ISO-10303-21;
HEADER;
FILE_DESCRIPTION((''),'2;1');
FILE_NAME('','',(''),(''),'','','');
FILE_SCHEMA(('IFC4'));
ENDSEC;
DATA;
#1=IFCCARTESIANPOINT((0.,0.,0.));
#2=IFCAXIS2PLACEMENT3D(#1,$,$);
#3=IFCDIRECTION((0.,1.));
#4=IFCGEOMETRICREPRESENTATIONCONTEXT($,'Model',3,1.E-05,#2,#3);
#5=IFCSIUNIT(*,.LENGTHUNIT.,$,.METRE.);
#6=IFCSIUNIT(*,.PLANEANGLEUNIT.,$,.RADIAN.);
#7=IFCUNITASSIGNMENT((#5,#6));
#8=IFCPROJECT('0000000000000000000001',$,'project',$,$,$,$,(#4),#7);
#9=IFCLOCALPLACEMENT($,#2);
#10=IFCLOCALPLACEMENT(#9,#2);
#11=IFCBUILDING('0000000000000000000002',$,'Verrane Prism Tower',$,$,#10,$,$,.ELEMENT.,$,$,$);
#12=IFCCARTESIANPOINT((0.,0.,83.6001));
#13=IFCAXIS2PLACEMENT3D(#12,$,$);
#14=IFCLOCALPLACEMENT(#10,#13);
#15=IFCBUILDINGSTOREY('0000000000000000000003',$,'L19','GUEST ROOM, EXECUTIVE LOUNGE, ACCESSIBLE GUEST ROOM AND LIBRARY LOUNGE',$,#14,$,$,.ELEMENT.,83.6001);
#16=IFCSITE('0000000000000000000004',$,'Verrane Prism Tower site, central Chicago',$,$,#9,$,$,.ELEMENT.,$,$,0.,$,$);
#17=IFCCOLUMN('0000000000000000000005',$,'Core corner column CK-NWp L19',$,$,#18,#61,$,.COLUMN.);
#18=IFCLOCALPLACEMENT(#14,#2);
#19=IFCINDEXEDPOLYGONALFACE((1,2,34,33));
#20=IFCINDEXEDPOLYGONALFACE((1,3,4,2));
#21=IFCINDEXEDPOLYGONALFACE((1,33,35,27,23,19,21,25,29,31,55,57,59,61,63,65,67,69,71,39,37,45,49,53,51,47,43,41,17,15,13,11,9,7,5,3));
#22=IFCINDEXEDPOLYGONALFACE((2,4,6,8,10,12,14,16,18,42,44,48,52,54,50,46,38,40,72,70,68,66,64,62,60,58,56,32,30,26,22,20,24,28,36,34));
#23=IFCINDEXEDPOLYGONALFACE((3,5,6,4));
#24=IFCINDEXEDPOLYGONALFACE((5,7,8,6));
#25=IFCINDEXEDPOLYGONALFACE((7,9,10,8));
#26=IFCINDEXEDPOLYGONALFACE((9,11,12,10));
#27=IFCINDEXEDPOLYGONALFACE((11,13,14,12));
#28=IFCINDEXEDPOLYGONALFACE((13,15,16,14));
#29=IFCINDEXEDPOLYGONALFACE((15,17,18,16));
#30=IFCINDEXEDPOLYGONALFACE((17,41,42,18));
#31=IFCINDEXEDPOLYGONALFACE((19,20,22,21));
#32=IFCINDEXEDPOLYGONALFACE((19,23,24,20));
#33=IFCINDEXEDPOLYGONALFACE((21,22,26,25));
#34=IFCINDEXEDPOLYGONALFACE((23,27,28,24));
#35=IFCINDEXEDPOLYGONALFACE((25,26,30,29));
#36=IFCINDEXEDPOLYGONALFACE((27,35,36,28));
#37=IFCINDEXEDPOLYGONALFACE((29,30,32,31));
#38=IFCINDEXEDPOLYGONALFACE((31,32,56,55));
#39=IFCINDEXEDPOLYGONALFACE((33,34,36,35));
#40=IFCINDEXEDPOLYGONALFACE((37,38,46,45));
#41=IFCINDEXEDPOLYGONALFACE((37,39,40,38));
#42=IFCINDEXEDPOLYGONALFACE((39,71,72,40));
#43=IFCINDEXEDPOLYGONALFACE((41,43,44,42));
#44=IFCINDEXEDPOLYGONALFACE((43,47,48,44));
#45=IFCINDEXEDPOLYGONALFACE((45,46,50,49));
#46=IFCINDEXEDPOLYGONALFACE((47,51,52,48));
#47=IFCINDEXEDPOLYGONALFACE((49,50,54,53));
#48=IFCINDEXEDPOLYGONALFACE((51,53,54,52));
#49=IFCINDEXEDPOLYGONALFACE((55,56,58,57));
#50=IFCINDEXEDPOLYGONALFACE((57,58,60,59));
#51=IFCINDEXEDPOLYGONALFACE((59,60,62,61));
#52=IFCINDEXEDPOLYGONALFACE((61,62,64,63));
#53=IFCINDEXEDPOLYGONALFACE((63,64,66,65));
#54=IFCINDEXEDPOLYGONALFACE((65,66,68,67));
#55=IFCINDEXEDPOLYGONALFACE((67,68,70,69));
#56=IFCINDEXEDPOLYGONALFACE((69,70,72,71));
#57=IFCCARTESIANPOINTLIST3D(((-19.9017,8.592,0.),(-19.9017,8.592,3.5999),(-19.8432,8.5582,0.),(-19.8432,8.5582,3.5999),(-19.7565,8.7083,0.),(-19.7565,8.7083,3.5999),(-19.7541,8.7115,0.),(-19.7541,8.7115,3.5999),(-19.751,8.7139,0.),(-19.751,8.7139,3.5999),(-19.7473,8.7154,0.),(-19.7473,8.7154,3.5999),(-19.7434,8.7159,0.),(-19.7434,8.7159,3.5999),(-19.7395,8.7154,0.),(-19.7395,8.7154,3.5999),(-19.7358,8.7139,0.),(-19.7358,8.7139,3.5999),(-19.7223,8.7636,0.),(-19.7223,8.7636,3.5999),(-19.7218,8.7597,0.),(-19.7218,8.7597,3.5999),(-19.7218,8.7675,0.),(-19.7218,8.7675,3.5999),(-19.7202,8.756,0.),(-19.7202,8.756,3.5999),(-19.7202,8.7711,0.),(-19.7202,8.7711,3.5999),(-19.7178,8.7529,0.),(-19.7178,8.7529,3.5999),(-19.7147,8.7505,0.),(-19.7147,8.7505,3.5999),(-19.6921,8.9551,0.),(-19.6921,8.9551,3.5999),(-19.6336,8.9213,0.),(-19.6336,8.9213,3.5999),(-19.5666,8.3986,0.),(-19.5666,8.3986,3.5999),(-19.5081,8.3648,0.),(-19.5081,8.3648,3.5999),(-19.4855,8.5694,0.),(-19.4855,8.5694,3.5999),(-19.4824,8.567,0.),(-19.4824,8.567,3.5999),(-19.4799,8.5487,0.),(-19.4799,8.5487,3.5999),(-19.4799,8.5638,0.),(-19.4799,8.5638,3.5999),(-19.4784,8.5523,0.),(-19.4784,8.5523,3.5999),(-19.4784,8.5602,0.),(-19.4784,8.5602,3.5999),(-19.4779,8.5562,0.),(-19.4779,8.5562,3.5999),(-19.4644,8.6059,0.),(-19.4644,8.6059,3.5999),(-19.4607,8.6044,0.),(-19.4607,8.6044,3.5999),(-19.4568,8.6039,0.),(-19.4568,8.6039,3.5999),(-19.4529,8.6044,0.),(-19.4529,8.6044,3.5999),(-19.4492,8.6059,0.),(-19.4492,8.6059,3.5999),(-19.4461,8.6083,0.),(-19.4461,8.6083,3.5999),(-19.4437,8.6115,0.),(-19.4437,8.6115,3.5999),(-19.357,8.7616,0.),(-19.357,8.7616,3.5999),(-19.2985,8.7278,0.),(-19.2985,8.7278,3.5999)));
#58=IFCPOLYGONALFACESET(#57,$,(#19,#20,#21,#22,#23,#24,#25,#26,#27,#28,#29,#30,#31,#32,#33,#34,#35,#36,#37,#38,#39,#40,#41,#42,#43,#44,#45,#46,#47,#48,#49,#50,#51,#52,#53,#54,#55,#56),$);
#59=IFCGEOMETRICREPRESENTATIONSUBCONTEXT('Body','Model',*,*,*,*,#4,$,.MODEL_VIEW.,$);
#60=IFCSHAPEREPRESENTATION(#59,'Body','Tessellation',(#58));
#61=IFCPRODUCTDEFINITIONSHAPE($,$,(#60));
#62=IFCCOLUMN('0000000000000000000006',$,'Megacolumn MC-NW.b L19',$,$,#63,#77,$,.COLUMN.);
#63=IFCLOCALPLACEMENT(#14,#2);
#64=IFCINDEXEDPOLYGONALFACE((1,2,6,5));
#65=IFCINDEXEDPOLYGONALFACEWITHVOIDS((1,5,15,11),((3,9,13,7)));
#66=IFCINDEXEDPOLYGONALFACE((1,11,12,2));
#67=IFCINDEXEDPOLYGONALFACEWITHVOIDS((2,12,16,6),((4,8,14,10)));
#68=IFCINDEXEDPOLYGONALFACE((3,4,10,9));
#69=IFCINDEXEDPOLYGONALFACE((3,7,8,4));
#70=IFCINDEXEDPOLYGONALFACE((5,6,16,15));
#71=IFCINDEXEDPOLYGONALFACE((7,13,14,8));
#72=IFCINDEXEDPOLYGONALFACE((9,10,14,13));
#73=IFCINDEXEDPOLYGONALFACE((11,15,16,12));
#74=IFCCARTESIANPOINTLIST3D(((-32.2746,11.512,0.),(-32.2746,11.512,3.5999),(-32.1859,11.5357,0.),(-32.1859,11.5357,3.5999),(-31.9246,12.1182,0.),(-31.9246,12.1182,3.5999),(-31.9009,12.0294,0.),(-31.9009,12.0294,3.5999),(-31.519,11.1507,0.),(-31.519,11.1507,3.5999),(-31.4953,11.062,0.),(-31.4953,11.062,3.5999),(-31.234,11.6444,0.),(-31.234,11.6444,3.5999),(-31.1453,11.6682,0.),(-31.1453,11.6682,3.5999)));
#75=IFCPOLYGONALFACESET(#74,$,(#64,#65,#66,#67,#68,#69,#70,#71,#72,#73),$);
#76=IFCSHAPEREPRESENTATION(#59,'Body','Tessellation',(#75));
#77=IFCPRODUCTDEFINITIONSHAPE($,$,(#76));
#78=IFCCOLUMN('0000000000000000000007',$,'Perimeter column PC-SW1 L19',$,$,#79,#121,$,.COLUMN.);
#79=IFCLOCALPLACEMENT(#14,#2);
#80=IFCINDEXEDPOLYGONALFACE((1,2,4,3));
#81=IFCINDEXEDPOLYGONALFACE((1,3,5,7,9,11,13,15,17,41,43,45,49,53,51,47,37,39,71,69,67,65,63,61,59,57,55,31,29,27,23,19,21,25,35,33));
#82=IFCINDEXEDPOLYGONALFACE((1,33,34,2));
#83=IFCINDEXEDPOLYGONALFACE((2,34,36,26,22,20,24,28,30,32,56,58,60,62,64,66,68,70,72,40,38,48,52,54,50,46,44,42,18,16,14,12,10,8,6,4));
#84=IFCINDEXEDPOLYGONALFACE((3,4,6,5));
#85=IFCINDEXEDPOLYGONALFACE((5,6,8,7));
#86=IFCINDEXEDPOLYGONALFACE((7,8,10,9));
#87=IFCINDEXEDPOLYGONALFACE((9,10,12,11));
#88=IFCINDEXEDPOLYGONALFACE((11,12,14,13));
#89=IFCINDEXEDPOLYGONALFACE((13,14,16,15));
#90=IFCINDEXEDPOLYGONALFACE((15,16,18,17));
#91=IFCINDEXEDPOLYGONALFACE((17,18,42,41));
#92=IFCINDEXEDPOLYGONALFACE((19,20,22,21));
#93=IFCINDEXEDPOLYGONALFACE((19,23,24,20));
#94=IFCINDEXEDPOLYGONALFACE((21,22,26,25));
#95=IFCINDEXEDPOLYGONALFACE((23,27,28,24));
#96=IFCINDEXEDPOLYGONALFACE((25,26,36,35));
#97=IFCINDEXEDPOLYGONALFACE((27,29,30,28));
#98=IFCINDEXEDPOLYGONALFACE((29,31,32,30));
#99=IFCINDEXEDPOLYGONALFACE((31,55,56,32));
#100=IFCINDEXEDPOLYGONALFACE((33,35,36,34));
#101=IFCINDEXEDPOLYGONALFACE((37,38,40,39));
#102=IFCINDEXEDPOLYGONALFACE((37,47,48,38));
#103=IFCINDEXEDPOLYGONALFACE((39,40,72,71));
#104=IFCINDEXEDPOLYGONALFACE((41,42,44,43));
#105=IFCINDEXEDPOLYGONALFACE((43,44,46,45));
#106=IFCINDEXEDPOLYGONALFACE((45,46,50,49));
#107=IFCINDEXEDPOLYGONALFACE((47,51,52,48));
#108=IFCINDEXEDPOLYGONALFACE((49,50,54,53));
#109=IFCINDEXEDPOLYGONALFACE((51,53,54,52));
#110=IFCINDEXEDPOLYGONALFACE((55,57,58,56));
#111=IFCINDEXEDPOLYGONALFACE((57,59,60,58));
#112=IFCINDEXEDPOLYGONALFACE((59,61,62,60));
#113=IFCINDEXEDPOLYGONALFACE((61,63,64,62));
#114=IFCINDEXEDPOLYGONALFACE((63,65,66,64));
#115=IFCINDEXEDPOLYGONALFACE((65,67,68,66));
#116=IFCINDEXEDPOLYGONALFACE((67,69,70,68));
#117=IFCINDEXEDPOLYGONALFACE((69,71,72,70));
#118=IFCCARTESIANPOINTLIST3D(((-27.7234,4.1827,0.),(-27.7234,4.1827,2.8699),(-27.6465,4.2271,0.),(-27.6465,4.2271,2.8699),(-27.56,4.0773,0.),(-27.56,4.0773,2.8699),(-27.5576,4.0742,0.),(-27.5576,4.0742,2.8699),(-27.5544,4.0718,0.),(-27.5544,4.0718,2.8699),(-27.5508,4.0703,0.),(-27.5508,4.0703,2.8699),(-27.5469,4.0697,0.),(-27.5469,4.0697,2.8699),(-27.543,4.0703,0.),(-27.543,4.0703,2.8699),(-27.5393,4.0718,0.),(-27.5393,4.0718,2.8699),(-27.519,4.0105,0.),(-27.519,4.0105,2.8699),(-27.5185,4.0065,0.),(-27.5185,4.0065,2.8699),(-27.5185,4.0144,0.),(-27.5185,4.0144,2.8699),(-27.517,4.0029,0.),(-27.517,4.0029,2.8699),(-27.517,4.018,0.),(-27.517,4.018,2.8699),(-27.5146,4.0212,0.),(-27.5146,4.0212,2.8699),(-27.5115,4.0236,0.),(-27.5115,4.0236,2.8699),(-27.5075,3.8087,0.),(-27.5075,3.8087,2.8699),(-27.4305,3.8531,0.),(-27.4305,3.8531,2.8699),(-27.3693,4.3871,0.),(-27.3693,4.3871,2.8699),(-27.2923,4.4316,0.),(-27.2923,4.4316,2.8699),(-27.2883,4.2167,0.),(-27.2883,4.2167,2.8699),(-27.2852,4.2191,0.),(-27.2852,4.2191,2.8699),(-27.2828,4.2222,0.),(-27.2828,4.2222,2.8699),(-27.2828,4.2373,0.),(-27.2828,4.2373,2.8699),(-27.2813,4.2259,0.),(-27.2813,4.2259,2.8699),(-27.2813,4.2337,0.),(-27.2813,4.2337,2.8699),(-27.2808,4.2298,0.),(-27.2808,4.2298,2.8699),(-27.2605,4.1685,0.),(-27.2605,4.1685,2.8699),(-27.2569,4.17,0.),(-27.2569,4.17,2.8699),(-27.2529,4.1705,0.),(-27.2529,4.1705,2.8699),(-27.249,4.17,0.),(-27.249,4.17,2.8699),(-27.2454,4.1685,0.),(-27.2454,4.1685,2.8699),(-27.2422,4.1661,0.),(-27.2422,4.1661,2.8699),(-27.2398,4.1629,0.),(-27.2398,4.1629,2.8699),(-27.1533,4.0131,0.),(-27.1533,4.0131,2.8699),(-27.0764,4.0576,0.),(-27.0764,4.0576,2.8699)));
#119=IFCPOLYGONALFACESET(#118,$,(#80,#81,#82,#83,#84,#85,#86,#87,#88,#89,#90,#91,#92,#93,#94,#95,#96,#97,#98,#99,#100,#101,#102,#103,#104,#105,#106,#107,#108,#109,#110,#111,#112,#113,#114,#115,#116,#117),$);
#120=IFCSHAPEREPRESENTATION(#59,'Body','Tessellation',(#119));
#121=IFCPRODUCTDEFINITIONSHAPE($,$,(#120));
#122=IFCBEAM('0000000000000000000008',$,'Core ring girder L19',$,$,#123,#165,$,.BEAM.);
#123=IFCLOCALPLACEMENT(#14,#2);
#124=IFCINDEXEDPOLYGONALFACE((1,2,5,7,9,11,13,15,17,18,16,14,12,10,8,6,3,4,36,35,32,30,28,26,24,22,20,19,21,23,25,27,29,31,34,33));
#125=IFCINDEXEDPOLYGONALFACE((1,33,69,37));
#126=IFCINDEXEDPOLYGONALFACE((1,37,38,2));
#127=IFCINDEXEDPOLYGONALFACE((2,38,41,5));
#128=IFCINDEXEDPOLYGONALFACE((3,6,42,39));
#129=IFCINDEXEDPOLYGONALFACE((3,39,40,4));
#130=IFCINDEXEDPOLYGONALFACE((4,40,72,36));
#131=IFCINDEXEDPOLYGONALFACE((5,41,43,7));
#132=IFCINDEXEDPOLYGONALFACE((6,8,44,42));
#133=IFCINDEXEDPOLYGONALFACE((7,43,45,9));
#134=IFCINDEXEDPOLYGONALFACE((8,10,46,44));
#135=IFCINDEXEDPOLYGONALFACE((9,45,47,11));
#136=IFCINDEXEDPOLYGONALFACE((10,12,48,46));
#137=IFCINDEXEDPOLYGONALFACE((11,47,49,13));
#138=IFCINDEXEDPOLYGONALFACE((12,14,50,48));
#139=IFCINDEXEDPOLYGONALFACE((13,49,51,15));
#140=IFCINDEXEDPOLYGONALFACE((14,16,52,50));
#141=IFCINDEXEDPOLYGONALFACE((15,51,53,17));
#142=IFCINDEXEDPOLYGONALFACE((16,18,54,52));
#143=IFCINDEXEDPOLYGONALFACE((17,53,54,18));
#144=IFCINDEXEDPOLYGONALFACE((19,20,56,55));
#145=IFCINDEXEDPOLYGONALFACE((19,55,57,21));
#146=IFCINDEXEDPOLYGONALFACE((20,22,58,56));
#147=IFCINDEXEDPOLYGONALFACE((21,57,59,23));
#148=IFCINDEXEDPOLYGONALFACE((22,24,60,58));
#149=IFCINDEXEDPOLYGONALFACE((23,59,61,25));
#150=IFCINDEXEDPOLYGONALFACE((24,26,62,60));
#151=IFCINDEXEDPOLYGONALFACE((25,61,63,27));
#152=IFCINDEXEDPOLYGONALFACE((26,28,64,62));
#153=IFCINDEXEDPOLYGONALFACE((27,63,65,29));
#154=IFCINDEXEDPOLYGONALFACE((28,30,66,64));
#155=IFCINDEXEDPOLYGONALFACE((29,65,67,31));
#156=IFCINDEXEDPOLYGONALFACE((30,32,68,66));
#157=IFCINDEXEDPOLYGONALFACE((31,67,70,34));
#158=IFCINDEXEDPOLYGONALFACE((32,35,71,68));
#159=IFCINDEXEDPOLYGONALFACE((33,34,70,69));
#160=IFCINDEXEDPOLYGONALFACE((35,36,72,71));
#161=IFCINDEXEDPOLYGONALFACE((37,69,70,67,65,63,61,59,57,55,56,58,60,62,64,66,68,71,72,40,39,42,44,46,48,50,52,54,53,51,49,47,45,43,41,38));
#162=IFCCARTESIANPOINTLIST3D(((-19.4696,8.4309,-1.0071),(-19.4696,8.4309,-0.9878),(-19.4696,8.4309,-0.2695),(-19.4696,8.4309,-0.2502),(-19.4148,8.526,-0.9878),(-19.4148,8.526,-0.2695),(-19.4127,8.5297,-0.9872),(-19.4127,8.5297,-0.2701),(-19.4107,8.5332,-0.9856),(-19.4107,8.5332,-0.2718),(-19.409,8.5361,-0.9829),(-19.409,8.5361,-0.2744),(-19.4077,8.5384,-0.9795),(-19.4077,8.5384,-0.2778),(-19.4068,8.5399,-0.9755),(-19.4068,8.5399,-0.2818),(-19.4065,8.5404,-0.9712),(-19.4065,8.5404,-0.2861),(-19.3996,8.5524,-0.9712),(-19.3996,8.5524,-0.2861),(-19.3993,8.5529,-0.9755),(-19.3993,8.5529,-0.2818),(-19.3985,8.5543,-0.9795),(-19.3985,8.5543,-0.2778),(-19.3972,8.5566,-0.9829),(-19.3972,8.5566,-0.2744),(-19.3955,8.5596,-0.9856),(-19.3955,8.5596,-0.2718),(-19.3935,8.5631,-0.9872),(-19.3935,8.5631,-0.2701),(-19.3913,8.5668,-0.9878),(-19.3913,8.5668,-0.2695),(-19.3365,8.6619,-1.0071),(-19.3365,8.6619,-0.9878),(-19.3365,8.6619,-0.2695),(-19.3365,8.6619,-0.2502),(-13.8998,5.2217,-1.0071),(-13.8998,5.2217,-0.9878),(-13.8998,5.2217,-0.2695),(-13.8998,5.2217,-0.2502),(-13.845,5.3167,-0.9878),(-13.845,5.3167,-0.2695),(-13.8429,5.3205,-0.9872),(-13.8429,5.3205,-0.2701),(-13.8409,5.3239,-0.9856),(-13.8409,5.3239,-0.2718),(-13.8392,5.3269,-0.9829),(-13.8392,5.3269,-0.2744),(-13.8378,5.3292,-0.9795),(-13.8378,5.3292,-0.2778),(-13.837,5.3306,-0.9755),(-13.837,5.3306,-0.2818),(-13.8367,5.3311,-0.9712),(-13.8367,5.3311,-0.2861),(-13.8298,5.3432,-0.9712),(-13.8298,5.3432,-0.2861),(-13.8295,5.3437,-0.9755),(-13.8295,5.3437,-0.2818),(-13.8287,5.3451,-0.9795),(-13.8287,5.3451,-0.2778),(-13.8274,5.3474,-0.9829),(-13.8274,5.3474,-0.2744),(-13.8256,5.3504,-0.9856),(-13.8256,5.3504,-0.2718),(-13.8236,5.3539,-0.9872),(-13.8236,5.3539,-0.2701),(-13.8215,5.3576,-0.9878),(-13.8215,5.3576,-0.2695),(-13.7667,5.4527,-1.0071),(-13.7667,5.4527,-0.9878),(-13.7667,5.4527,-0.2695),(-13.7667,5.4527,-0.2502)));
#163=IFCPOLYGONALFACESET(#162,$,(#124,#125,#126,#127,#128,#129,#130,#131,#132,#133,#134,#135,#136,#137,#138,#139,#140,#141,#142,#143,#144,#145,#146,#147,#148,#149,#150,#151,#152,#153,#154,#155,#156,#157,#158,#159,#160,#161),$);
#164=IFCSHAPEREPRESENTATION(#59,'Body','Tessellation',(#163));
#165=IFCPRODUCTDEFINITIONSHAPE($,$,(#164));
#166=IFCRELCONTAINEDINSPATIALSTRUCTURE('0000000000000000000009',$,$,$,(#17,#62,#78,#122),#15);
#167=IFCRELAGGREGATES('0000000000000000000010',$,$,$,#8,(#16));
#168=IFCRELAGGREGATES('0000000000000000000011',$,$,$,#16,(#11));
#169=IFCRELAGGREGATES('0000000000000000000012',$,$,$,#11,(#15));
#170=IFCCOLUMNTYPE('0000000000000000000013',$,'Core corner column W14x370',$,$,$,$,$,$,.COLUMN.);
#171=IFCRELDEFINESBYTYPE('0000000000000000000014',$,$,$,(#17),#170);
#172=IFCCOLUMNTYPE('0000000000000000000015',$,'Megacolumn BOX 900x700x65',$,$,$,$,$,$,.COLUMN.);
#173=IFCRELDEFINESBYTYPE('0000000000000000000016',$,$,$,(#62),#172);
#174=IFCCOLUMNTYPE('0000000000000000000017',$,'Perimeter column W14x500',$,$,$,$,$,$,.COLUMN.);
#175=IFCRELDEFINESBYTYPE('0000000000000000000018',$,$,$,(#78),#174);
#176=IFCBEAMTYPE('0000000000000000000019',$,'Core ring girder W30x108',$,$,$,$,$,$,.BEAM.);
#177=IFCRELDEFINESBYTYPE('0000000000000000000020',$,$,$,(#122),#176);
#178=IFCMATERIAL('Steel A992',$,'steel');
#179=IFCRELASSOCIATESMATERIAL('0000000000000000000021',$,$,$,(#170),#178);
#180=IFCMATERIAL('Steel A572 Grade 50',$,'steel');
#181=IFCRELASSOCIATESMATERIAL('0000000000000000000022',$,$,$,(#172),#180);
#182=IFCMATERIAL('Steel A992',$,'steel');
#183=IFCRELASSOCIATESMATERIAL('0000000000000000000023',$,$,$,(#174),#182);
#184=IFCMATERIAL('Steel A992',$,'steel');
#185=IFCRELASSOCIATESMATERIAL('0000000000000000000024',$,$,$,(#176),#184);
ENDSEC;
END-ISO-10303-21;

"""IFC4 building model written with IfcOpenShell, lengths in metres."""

from ifc_helpers import new_model, si_unit, direction, frame, origin, origin_2d, place, context, subcontext, project, spatial, hollow_rectangle, i_section, extrude, material, material_profile, profile_set, type_object, element, save


model = new_model("IFC4")

# Units and contexts
model_context = context("Model", 3, precision=1e-05, world=origin(), true_north=direction((0.0, 1.0)))
body_context = subcontext(model_context, "Body", "Model", "MODEL_VIEW")
ifc_project = project(units=[si_unit("LENGTHUNIT", "METRE"), si_unit("PLANEANGLEUNIT", "RADIAN")], contexts=[model_context])

# Site, building, storey
site_placement = place(None, origin())
site = spatial("IfcSite", under=ifc_project, at=site_placement, Name="Verrane Prism Tower site, central Chicago", CompositionType="ELEMENT", RefElevation=0.0)
building_placement = place(site_placement, origin())
building = spatial("IfcBuilding", under=site, at=building_placement, Name="Verrane Prism Tower", CompositionType="ELEMENT")
storey_placement = place(building_placement, frame((0.0, 0.0, 83.6001)))
storey = spatial("IfcBuildingStorey", under=building, at=storey_placement, Name="L19", Description="GUEST ROOM, EXECUTIVE LOUNGE, ACCESSIBLE GUEST ROOM AND LIBRARY LOUNGE", CompositionType="ELEMENT", Elevation=83.6001)

# Columns
ifc_material_1 = material(Name="Steel A992", Category="steel")
ifc_material_profile_1 = material_profile(ifc_material_1, i_section(OverallWidth=0.4192, OverallDepth=0.4546, WebThickness=0.0422, FlangeThickness=0.0676, FilletRadius=0.0151, at=origin_2d()), Name="W14x370")
ifc_profile_set_1 = profile_set([ifc_material_profile_1], Name="Steel A992")
column_type_1 = type_object("IfcColumnType", Name="Core corner column W14x370", PredefinedType="COLUMN", material=ifc_profile_set_1)
column_1_placement = place(storey_placement, frame((-19.6001, 8.6599, 0.0), z_axis=(0.0, 0.0, 1.0), x_axis=(0.5, 0.866025, 0.0)))
element("IfcColumn", 1, at=column_1_placement, inside=storey, type_object=column_type_1, Name="Core corner column CK-NWp L19", PredefinedType="COLUMN", context=body_context, shape_type="SweptSolid", body=[
    extrude(i_section(OverallWidth=0.4192, OverallDepth=0.4546, WebThickness=0.0422, FlangeThickness=0.0676, FilletRadius=0.0151, at=origin_2d()), origin(), (0.0, 0.0, 1.0), 3.5999),
])
ifc_material_2 = material(Name="Steel A572 Grade 50", Category="steel")
ifc_material_profile_2 = material_profile(ifc_material_2, hollow_rectangle(XDim=0.7, YDim=0.8999, WallThickness=0.0649, at=origin_2d()), Name="BOX 900x700x65")
ifc_profile_set_2 = profile_set([ifc_material_profile_2], Name="Steel A572 Grade 50")
column_type_2 = type_object("IfcColumnType", Name="Megacolumn BOX 900x700x65", PredefinedType="COLUMN", material=ifc_profile_set_2)
column_2_placement = place(storey_placement, frame((-31.71, 11.5901, 0.0), z_axis=(0.0, 0.0, 1.0), x_axis=(0.5, 0.866025, 0.0)))
element("IfcColumn", 2, at=column_2_placement, inside=storey, type_object=column_type_2, Name="Megacolumn MC-NW.b L19", PredefinedType="COLUMN", context=body_context, shape_type="SweptSolid", body=[
    extrude(hollow_rectangle(XDim=0.7, YDim=0.8999, WallThickness=0.0649, at=origin_2d()), origin(), (0.0, 0.0, 1.0), 3.5999),
])
ifc_material_3 = material(Name="Steel A992", Category="steel")
ifc_material_profile_3 = material_profile(ifc_material_3, i_section(OverallWidth=0.4319, OverallDepth=0.4978, WebThickness=0.0557, FlangeThickness=0.0889, FilletRadius=0.0151, at=origin_2d()), Name="W14x500")
ifc_profile_set_3 = profile_set([ifc_material_profile_3], Name="Steel A992")
column_type_3 = type_object("IfcColumnType", Name="Perimeter column W14x500", PredefinedType="COLUMN", material=ifc_profile_set_3)
column_3_placement = place(storey_placement, frame((-27.3999, 4.1201, 0.0), z_axis=(0.0, 0.0, 1.0), x_axis=(-0.5, 0.866025, 0.0)))
element("IfcColumn", 3, at=column_3_placement, inside=storey, type_object=column_type_3, Name="Perimeter column PC-SW1 L19", PredefinedType="COLUMN", context=body_context, shape_type="SweptSolid", body=[
    extrude(i_section(OverallWidth=0.4319, OverallDepth=0.4978, WebThickness=0.0557, FlangeThickness=0.0889, FilletRadius=0.0151, at=origin_2d()), origin(), (0.0, 0.0, 1.0), 2.8699),
])

# Beam
ifc_material_4 = material(Name="Steel A992", Category="steel")
ifc_material_profile_4 = material_profile(ifc_material_4, i_section(OverallWidth=0.2666, OverallDepth=0.7568, WebThickness=0.0139, FlangeThickness=0.0193, FilletRadius=0.0166, at=origin_2d()), Name="W30x108")
ifc_profile_set_4 = profile_set([ifc_material_profile_4], Name="Steel A992")
beam_type_1 = type_object("IfcBeamType", Name="Core ring girder W30x108", PredefinedType="BEAM", material=ifc_profile_set_4)
beam_1_placement = place(storey_placement, frame((-19.4031, 8.5464, -0.6287), z_axis=(0.866464, -0.49924, 0.0), x_axis=(0.49924, 0.866464, 0.0)))
element("IfcBeam", 4, at=beam_1_placement, inside=storey, type_object=beam_type_1, Name="Core ring girder L19", PredefinedType="BEAM", context=body_context, shape_type="SweptSolid", body=[
    extrude(i_section(OverallWidth=0.2666, OverallDepth=0.7568, WebThickness=0.0139, FlangeThickness=0.0193, FilletRadius=0.0166, at=origin_2d()), origin(), (0.0, 0.0, 1.0), 6.4282),
])

save(model, "model.ifc")
